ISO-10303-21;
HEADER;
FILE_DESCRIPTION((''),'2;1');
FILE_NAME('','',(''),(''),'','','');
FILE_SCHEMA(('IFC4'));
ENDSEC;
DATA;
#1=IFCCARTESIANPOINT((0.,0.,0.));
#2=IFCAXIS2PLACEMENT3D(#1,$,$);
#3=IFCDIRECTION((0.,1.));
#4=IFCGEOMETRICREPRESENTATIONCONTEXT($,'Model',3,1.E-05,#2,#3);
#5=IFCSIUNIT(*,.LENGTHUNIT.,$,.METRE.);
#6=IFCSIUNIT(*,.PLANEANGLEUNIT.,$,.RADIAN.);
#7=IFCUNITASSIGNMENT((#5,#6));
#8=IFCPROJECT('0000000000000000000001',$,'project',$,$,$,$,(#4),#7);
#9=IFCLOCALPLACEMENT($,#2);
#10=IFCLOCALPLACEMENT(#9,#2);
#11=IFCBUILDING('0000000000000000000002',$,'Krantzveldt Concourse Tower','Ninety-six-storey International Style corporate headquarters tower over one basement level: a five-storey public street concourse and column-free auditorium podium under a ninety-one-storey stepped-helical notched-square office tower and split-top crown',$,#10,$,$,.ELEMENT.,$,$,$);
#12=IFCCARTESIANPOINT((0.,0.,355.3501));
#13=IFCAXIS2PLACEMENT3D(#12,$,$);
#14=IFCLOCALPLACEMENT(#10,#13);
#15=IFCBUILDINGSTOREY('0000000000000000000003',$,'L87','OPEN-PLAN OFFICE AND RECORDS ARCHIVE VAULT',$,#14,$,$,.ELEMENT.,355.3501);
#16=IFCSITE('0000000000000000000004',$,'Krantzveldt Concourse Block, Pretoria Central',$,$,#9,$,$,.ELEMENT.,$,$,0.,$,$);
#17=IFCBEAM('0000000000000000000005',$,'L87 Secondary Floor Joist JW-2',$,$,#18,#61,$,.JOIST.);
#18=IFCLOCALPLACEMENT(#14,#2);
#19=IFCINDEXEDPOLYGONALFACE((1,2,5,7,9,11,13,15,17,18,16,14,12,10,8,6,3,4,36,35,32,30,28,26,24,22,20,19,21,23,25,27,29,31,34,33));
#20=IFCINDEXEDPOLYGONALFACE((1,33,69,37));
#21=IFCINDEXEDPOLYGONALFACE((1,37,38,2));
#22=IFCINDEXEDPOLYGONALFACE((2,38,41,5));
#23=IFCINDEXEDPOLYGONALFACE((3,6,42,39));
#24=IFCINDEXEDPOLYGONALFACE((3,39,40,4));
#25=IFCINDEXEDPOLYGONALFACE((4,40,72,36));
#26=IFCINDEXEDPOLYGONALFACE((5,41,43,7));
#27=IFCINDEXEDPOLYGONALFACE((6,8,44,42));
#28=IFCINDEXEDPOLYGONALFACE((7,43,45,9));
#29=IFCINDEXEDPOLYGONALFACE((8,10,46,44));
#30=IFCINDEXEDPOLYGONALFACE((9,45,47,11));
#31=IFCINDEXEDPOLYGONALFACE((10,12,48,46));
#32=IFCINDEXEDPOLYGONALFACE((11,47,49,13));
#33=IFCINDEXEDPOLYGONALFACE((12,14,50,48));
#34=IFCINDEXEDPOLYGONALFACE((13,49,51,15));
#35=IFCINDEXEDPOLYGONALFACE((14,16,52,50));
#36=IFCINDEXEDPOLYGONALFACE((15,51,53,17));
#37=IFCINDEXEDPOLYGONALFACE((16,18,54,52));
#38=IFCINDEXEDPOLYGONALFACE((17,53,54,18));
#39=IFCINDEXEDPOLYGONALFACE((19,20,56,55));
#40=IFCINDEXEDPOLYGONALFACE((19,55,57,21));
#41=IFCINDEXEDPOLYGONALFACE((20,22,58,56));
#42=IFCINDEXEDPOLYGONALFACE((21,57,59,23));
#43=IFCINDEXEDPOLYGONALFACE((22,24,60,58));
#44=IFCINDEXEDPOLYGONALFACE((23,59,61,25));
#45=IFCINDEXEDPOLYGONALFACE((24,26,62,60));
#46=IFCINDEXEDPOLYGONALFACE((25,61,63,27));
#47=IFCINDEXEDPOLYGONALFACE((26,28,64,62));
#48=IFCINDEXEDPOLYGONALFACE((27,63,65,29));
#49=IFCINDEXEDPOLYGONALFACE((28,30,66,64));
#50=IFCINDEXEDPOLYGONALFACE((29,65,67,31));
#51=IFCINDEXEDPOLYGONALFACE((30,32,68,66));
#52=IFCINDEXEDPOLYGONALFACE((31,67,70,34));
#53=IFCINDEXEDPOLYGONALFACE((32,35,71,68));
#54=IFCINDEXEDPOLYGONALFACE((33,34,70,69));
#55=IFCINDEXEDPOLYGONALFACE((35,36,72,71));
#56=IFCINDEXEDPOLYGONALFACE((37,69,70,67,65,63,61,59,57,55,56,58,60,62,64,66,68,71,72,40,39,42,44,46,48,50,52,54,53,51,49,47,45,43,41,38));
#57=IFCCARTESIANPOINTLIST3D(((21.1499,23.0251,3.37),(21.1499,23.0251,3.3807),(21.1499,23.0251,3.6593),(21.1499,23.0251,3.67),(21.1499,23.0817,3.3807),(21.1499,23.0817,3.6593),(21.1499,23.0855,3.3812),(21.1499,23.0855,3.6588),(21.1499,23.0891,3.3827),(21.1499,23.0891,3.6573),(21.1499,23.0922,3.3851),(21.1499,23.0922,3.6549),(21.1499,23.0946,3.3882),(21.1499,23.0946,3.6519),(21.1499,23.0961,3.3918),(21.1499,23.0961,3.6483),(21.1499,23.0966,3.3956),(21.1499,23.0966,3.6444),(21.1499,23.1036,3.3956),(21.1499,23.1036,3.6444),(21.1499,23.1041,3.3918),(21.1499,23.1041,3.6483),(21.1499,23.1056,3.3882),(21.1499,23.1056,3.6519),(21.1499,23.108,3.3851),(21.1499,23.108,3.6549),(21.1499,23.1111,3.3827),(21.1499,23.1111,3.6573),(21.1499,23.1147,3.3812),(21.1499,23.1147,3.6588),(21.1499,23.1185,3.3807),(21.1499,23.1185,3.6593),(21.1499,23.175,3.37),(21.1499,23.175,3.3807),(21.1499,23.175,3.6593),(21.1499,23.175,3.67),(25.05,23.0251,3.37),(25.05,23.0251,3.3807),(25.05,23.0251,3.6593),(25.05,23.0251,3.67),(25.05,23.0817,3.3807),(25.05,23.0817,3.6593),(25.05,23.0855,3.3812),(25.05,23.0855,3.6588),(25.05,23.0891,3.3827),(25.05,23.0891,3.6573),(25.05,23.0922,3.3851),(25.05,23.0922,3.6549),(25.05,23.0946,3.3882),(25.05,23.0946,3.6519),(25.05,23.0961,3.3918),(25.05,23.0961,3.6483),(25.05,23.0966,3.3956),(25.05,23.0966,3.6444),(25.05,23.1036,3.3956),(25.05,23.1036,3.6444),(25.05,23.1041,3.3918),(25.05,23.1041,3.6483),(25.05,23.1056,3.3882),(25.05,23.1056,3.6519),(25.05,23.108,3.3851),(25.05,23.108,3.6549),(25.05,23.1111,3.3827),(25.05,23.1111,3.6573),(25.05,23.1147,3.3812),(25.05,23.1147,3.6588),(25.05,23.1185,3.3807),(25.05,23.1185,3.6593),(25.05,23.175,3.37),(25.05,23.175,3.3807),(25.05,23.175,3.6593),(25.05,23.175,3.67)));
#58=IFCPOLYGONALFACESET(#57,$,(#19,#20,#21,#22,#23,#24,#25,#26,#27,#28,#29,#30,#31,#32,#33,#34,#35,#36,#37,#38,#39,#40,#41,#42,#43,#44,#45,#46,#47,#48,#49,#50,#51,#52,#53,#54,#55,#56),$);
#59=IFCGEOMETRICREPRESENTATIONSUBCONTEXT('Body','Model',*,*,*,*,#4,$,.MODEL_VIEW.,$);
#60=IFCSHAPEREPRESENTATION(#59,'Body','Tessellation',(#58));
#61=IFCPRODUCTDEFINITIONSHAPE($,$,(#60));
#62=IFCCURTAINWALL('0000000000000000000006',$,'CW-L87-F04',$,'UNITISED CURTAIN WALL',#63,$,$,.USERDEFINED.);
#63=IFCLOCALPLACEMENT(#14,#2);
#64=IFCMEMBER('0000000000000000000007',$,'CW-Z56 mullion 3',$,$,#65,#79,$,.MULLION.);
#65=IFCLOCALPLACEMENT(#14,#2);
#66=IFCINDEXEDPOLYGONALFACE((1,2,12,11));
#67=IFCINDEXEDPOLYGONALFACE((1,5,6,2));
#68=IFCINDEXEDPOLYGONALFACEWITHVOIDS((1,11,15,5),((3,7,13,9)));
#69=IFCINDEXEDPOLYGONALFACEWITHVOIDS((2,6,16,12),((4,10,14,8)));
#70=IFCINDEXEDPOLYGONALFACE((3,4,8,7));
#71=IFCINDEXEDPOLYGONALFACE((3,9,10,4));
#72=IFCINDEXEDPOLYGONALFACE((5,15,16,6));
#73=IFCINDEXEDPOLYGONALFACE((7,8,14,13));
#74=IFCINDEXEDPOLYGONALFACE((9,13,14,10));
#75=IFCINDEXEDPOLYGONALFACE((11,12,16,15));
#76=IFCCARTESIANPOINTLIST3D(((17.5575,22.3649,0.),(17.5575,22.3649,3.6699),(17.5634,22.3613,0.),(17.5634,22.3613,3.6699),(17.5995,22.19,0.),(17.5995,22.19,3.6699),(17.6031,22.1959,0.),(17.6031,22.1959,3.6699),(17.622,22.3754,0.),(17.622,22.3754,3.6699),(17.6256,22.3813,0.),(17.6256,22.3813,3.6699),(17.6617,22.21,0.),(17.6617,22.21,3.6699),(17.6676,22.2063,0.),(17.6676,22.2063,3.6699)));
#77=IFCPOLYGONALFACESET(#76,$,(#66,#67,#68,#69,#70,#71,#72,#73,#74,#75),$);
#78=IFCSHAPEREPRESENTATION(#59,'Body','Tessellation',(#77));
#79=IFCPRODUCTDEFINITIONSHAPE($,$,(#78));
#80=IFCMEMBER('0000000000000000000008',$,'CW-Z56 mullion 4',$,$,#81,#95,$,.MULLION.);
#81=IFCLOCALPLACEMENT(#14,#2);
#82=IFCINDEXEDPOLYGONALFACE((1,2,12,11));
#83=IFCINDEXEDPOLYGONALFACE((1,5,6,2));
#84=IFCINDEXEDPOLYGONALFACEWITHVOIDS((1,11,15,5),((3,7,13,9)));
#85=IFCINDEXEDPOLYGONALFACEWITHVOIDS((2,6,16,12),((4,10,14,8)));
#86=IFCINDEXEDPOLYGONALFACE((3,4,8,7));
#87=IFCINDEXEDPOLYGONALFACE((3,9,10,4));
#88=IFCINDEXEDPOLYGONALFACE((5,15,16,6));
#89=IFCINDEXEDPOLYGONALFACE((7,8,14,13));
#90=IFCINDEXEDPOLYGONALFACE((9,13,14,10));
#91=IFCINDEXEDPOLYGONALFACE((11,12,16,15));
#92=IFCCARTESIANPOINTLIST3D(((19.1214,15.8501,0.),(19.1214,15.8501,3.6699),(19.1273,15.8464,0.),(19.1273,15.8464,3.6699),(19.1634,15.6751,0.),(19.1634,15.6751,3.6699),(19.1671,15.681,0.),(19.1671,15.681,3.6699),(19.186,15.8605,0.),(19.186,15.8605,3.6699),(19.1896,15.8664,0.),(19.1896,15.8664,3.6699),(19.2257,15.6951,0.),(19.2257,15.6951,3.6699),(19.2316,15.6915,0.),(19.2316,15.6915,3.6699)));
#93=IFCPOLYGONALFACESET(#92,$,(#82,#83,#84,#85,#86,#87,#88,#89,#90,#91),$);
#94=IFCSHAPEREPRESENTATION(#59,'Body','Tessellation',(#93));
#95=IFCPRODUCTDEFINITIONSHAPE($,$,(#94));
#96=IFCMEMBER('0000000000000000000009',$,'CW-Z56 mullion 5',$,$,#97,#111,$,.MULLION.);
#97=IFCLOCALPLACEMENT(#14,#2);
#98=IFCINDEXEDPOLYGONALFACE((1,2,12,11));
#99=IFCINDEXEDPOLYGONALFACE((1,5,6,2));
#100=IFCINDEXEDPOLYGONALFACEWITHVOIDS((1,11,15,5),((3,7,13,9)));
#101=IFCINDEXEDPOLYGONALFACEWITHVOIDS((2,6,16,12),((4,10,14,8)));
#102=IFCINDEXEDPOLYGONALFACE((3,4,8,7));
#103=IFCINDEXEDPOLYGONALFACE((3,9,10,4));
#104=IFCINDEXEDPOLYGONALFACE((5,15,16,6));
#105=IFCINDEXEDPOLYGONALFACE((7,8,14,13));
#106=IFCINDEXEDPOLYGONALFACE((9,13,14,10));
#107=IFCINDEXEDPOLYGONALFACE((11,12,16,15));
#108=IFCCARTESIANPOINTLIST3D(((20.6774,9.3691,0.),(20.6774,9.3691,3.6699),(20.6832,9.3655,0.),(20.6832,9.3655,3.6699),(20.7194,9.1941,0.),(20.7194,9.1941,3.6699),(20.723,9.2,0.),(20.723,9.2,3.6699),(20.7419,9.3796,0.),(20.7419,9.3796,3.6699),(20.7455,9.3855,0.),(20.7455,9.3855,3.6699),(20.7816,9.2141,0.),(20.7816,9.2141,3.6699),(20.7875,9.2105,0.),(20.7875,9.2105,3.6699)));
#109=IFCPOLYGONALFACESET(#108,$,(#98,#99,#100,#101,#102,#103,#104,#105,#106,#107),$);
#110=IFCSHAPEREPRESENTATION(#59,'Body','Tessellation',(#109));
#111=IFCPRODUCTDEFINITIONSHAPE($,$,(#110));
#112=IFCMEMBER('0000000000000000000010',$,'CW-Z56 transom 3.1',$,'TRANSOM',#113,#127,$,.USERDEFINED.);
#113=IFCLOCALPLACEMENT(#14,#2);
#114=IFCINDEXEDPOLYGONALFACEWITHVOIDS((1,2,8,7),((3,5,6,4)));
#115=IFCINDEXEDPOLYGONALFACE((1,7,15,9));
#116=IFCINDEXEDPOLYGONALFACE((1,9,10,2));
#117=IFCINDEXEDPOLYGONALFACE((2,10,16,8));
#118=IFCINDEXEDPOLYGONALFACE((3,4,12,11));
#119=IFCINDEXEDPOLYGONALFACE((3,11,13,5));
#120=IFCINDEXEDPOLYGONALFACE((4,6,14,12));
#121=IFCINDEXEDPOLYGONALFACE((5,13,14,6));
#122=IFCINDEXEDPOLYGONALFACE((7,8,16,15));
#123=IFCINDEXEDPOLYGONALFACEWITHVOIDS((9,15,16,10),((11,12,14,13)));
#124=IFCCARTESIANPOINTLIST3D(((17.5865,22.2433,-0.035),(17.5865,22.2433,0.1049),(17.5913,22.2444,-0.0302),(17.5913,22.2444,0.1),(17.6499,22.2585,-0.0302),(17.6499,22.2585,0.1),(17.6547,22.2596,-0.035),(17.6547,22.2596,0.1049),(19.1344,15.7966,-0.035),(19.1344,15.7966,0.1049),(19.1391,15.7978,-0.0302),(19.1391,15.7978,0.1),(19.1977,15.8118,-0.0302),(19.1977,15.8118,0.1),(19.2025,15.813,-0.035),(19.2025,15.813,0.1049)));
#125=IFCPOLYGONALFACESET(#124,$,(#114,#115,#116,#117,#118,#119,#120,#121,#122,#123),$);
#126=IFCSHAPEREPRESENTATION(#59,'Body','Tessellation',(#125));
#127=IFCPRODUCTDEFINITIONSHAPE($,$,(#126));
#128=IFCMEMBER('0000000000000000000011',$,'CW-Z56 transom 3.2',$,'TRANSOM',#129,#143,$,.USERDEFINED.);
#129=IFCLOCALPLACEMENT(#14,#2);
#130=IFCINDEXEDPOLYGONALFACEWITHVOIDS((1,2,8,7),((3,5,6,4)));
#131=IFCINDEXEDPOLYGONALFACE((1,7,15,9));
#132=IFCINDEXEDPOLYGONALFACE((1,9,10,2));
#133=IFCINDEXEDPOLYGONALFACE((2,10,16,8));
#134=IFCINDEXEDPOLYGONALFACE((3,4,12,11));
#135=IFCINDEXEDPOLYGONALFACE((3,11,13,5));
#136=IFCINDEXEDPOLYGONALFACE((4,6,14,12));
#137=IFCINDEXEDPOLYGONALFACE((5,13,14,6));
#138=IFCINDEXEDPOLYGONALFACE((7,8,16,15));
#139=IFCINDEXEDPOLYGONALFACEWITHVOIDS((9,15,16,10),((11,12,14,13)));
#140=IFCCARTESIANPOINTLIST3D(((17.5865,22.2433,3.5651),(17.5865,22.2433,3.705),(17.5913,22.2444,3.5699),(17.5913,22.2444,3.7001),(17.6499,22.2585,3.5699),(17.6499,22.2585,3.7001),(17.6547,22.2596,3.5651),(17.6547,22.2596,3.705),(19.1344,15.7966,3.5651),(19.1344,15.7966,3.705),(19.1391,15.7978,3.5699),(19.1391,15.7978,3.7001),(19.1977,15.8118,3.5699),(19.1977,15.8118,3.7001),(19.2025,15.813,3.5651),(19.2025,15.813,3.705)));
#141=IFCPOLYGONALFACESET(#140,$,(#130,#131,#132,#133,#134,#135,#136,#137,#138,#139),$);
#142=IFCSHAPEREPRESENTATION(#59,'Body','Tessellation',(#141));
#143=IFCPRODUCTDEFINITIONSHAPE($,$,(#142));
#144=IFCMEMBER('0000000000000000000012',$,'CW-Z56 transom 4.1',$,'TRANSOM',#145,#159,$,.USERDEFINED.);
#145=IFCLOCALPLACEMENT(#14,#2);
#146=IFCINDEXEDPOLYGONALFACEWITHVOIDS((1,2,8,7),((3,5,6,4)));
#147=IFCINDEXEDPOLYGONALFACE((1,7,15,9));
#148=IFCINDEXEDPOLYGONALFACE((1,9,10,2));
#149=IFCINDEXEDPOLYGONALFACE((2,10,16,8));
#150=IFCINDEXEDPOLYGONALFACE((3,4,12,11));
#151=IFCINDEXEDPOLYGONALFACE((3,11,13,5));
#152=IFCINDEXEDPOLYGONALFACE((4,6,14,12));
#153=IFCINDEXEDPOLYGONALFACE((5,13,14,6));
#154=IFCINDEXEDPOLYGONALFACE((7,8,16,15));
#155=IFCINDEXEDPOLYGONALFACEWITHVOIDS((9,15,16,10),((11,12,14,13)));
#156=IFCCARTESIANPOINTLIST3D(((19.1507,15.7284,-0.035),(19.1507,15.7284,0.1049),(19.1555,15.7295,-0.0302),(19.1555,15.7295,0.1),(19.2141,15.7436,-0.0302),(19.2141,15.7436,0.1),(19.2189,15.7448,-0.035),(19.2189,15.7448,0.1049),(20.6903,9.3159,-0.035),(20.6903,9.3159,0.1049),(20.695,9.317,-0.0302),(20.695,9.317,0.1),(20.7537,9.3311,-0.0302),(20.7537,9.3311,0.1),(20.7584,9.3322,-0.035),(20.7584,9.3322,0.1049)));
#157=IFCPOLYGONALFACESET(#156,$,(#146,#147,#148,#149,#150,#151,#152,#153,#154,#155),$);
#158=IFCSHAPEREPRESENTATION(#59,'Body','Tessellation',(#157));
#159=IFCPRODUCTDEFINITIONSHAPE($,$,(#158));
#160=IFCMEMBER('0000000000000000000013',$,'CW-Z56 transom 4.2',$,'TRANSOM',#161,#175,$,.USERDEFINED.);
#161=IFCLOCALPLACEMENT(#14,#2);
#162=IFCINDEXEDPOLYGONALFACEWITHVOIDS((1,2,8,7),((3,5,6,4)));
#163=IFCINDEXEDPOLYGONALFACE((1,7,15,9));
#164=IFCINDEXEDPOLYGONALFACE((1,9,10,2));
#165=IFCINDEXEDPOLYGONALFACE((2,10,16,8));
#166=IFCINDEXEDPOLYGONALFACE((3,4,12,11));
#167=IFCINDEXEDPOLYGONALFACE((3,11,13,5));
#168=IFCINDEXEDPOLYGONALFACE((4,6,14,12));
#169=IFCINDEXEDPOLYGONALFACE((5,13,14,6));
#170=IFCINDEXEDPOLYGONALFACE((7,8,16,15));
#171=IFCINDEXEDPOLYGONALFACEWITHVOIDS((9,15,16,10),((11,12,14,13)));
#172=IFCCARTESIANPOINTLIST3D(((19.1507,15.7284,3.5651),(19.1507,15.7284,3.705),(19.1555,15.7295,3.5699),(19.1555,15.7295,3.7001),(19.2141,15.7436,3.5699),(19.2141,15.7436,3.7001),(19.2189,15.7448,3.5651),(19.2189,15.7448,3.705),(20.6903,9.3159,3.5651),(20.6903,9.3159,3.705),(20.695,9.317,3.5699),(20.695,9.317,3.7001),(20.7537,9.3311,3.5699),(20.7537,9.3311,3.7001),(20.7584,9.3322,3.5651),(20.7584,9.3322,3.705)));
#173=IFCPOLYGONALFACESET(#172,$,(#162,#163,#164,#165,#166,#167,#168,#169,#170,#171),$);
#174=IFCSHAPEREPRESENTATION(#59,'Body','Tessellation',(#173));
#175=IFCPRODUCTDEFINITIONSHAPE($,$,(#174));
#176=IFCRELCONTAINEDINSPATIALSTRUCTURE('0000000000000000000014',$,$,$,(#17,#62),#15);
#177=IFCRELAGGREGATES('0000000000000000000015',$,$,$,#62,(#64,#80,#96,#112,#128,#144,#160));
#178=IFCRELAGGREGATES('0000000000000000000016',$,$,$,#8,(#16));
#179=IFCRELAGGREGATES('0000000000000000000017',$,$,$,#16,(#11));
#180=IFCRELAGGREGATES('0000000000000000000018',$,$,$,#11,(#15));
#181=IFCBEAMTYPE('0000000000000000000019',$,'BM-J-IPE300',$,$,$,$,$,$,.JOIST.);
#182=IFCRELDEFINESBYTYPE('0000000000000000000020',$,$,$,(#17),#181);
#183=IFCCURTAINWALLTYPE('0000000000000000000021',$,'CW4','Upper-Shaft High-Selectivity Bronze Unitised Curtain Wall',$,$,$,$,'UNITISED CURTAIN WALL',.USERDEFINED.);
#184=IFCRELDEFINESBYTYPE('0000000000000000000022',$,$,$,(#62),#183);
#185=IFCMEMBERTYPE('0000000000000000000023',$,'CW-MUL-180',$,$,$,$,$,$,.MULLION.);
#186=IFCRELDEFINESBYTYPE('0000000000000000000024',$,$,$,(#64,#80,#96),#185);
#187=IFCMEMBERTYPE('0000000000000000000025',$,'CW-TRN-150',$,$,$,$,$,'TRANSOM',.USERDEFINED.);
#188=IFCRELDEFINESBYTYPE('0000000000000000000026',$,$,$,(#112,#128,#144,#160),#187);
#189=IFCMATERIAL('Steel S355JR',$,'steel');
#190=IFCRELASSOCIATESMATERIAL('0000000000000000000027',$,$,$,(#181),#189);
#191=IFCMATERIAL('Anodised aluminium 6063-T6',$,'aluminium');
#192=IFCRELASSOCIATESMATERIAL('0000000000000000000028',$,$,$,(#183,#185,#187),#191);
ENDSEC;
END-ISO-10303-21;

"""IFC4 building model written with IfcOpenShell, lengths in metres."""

from ifc_helpers import new_model, si_unit, direction, frame, origin, origin_2d, place, context, subcontext, project, spatial, hollow_rectangle, i_section, extrude, source, transform, mapped, material, material_profile, profile_set, type_object, type_shapes, element, aggregate, save


model = new_model("IFC4")

# Units and contexts
model_context = context("Model", 3, precision=1e-05, world=origin(), true_north=direction((0.0, 1.0)))
body_context = subcontext(model_context, "Body", "Model", "MODEL_VIEW")
ifc_project = project(units=[si_unit("LENGTHUNIT", "METRE"), si_unit("PLANEANGLEUNIT", "RADIAN")], contexts=[model_context])

# Site, building, storey
site_placement = place(None, origin())
site = spatial("IfcSite", under=ifc_project, at=site_placement, Name="Krantzveldt Concourse Block, Pretoria Central", CompositionType="ELEMENT", RefElevation=0.0)
building_placement = place(site_placement, origin())
building = spatial("IfcBuilding", under=site, at=building_placement, Name="Krantzveldt Concourse Tower", Description="Ninety-six-storey International Style corporate headquarters tower over one basement level: a five-storey public street concourse and column-free auditorium podium under a ninety-one-storey stepped-helical notched-square office tower and split-top crown", CompositionType="ELEMENT")
storey_placement = place(building_placement, frame((0.0, 0.0, 355.3501)))
storey = spatial("IfcBuildingStorey", under=building, at=storey_placement, Name="L87", Description="OPEN-PLAN OFFICE AND RECORDS ARCHIVE VAULT", CompositionType="ELEMENT", Elevation=355.3501)

# Beam
ifc_material_1 = material(Name="Steel S355JR", Category="steel")
ifc_material_profile_1 = material_profile(ifc_material_1, i_section(OverallWidth=0.1499, OverallDepth=0.3, WebThickness=0.0071, FlangeThickness=0.0107, FilletRadius=0.0149, at=origin_2d()), Name="Steel S355JR", Category="steel")
ifc_profile_set_1 = profile_set([ifc_material_profile_1], Name="Steel S355JR - IPE 300")
beam_type_1 = type_object("IfcBeamType", Name="BM-J-IPE300", PredefinedType="JOIST", material=ifc_profile_set_1)
shared_shape_1 = source(origin(), body_context, "Body", "SweptSolid", [
    extrude(i_section(OverallWidth=0.1499, OverallDepth=0.3, WebThickness=0.0071, FlangeThickness=0.0107, FilletRadius=0.0149, at=origin_2d()), origin(), (0.0, 0.0, 1.0), 3.9001),
])
type_shapes(beam_type_1, [shared_shape_1])
for number, where, z_axis, x_axis, name in (
    (1, (21.1499, 23.1001, 3.52), (1.0, 0.0, 0.0), (0.0, 1.0, 0.0), "L87 Secondary Floor Joist JW-2"),
):
    element("IfcBeam", number, at=place(storey_placement, frame(where, z_axis=z_axis, x_axis=x_axis)), inside=storey, type_object=beam_type_1, Name=name, PredefinedType="JOIST", context=body_context, shape_type="MappedRepresentation", body=[
        mapped(shared_shape_1, transform((0.0, 0.0, 0.0), x_axis=(1.0, 0.0, 0.0), y_axis=(0.0, 1.0, 0.0), z_axis=(0.0, 0.0, 1.0), scale=1.0)),
    ])

# Curtain wall, members
ifc_material_2 = material(Name="Anodised aluminium 6063-T6", Category="aluminium")
curtain_wall_type = type_object("IfcCurtainWallType", Name="CW4", Description="Upper-Shaft High-Selectivity Bronze Unitised Curtain Wall", ElementType="UNITISED CURTAIN WALL", PredefinedType="USERDEFINED", material=ifc_material_2)
curtain_wall_placement = place(storey_placement, origin())
curtain_wall = element("IfcCurtainWall", 2, at=curtain_wall_placement, inside=storey, type_object=curtain_wall_type, Name="CW-L87-F04", ObjectType="UNITISED CURTAIN WALL", PredefinedType="USERDEFINED")
ifc_material_profile_2 = material_profile(ifc_material_2, hollow_rectangle(XDim=0.0701, YDim=0.1799, WallThickness=0.0049, at=origin_2d()), Name="Anodised aluminium 6063-T6", Category="aluminium")
ifc_profile_set_2 = profile_set([ifc_material_profile_2], Name="Anodised aluminium 6063-T6 - ALU-MULL 180x70x5")
member_type_1 = type_object("IfcMemberType", Name="CW-MUL-180", PredefinedType="MULLION", material=ifc_profile_set_2)
shared_shape_2 = source(origin(), body_context, "Body", "SweptSolid", [
    extrude(hollow_rectangle(XDim=0.0701, YDim=0.1799, WallThickness=0.0049, at=origin_2d()), origin(), (0.0, 0.0, 1.0), 3.6699),
])
type_shapes(member_type_1, [shared_shape_2])
member_1_placement = place(storey_placement, frame((17.6125, 22.2856, 0.0), z_axis=(0.0, 0.0, 1.0), x_axis=(0.97237, 0.233445, 0.0)))
member_1 = element("IfcMember", 3, at=member_1_placement, type_object=member_type_1, Name="CW-Z56 mullion 3", PredefinedType="MULLION", context=body_context, shape_type="MappedRepresentation", body=[
    mapped(shared_shape_2, transform((0.0, 0.0, 0.0), x_axis=(1.0, 0.0, 0.0), y_axis=(0.0, 1.0, 0.0), z_axis=(0.0, 0.0, 1.0), scale=1.0)),
])
member_2_placement = place(storey_placement, frame((19.1765, 15.7708, 0.0), z_axis=(0.0, 0.0, 1.0), x_axis=(0.97237, 0.233445, 0.0)))
member_2 = element("IfcMember", 4, at=member_2_placement, type_object=member_type_1, Name="CW-Z56 mullion 4", PredefinedType="MULLION", context=body_context, shape_type="MappedRepresentation", body=[
    mapped(shared_shape_2, transform((0.0, 0.0, 0.0), x_axis=(1.0, 0.0, 0.0), y_axis=(0.0, 1.0, 0.0), z_axis=(0.0, 0.0, 1.0), scale=1.0)),
])
member_3_placement = place(storey_placement, frame((20.7324, 9.2898, 0.0), z_axis=(0.0, 0.0, 1.0), x_axis=(0.97237, 0.233445, 0.0)))
member_3 = element("IfcMember", 5, at=member_3_placement, type_object=member_type_1, Name="CW-Z56 mullion 5", PredefinedType="MULLION", context=body_context, shape_type="MappedRepresentation", body=[
    mapped(shared_shape_2, transform((0.0, 0.0, 0.0), x_axis=(1.0, 0.0, 0.0), y_axis=(0.0, 1.0, 0.0), z_axis=(0.0, 0.0, 1.0), scale=1.0)),
])
ifc_material_profile_3 = material_profile(ifc_material_2, hollow_rectangle(XDim=0.0701, YDim=0.1399, WallThickness=0.0049, at=origin_2d()), Name="Anodised aluminium 6063-T6", Category="aluminium")
ifc_profile_set_3 = profile_set([ifc_material_profile_3], Name="Anodised aluminium 6063-T6 - ALU-TRAN 140x70x5")
member_type_2 = type_object("IfcMemberType", Name="CW-TRN-150", ElementType="TRANSOM", PredefinedType="USERDEFINED", material=ifc_profile_set_3)
shared_shape_3 = source(origin(), body_context, "Body", "SweptSolid", [
    extrude(hollow_rectangle(XDim=0.0701, YDim=0.1399, WallThickness=0.0049, at=origin_2d()), origin(), (0.0, 0.0, 1.0), 6.6299),
])
member_4_placement = place(storey_placement, frame((17.6206, 22.2515, 0.0349), z_axis=(0.233462, -0.972366, 0.0), x_axis=(0.972366, 0.233462, 0.0)))
member_4 = element("IfcMember", 6, at=member_4_placement, type_object=member_type_2, Name="CW-Z56 transom 3.1", ObjectType="TRANSOM", PredefinedType="USERDEFINED", context=body_context, shape_type="MappedRepresentation", body=[
    mapped(shared_shape_3, transform((0.0, 0.0, 0.0), x_axis=(1.0, 0.0, 0.0), y_axis=(0.0, 1.0, 0.0), z_axis=(0.0, 0.0, 1.0), scale=1.0)),
])
member_5_placement = place(storey_placement, frame((17.6206, 22.2515, 3.635), z_axis=(0.233462, -0.972366, 0.0), x_axis=(0.972366, 0.233462, 0.0)))
member_5 = element("IfcMember", 7, at=member_5_placement, type_object=member_type_2, Name="CW-Z56 transom 3.2", ObjectType="TRANSOM", PredefinedType="USERDEFINED", context=body_context, shape_type="MappedRepresentation", body=[
    mapped(shared_shape_3, transform((0.0, 0.0, 0.0), x_axis=(1.0, 0.0, 0.0), y_axis=(0.0, 1.0, 0.0), z_axis=(0.0, 0.0, 1.0), scale=1.0)),
])
shared_shape_4 = source(origin(), body_context, "Body", "SweptSolid", [
    extrude(hollow_rectangle(XDim=0.0701, YDim=0.1399, WallThickness=0.0049, at=origin_2d()), origin(), (0.0, 0.0, 1.0), 6.5947),
])
type_shapes(member_type_2, [shared_shape_3, shared_shape_4])
member_6_placement = place(storey_placement, frame((19.1848, 15.7366, 0.0349), z_axis=(0.233449, -0.972369, 0.0), x_axis=(0.972369, 0.233449, 0.0)))
member_6 = element("IfcMember", 8, at=member_6_placement, type_object=member_type_2, Name="CW-Z56 transom 4.1", ObjectType="TRANSOM", PredefinedType="USERDEFINED", context=body_context, shape_type="MappedRepresentation", body=[
    mapped(shared_shape_4, transform((0.0, 0.0, 0.0), x_axis=(1.0, 0.0, 0.0), y_axis=(0.0, 1.0, 0.0), z_axis=(0.0, 0.0, 1.0), scale=1.0)),
])
member_7_placement = place(storey_placement, frame((19.1848, 15.7366, 3.635), z_axis=(0.233449, -0.972369, 0.0), x_axis=(0.972369, 0.233449, 0.0)))
member_7 = element("IfcMember", 9, at=member_7_placement, type_object=member_type_2, Name="CW-Z56 transom 4.2", ObjectType="TRANSOM", PredefinedType="USERDEFINED", context=body_context, shape_type="MappedRepresentation", body=[
    mapped(shared_shape_4, transform((0.0, 0.0, 0.0), x_axis=(1.0, 0.0, 0.0), y_axis=(0.0, 1.0, 0.0), z_axis=(0.0, 0.0, 1.0), scale=1.0)),
])

aggregate(curtain_wall, [member_1, member_2, member_3, member_4, member_5, member_6, member_7])

save(model, "model.ifc")
